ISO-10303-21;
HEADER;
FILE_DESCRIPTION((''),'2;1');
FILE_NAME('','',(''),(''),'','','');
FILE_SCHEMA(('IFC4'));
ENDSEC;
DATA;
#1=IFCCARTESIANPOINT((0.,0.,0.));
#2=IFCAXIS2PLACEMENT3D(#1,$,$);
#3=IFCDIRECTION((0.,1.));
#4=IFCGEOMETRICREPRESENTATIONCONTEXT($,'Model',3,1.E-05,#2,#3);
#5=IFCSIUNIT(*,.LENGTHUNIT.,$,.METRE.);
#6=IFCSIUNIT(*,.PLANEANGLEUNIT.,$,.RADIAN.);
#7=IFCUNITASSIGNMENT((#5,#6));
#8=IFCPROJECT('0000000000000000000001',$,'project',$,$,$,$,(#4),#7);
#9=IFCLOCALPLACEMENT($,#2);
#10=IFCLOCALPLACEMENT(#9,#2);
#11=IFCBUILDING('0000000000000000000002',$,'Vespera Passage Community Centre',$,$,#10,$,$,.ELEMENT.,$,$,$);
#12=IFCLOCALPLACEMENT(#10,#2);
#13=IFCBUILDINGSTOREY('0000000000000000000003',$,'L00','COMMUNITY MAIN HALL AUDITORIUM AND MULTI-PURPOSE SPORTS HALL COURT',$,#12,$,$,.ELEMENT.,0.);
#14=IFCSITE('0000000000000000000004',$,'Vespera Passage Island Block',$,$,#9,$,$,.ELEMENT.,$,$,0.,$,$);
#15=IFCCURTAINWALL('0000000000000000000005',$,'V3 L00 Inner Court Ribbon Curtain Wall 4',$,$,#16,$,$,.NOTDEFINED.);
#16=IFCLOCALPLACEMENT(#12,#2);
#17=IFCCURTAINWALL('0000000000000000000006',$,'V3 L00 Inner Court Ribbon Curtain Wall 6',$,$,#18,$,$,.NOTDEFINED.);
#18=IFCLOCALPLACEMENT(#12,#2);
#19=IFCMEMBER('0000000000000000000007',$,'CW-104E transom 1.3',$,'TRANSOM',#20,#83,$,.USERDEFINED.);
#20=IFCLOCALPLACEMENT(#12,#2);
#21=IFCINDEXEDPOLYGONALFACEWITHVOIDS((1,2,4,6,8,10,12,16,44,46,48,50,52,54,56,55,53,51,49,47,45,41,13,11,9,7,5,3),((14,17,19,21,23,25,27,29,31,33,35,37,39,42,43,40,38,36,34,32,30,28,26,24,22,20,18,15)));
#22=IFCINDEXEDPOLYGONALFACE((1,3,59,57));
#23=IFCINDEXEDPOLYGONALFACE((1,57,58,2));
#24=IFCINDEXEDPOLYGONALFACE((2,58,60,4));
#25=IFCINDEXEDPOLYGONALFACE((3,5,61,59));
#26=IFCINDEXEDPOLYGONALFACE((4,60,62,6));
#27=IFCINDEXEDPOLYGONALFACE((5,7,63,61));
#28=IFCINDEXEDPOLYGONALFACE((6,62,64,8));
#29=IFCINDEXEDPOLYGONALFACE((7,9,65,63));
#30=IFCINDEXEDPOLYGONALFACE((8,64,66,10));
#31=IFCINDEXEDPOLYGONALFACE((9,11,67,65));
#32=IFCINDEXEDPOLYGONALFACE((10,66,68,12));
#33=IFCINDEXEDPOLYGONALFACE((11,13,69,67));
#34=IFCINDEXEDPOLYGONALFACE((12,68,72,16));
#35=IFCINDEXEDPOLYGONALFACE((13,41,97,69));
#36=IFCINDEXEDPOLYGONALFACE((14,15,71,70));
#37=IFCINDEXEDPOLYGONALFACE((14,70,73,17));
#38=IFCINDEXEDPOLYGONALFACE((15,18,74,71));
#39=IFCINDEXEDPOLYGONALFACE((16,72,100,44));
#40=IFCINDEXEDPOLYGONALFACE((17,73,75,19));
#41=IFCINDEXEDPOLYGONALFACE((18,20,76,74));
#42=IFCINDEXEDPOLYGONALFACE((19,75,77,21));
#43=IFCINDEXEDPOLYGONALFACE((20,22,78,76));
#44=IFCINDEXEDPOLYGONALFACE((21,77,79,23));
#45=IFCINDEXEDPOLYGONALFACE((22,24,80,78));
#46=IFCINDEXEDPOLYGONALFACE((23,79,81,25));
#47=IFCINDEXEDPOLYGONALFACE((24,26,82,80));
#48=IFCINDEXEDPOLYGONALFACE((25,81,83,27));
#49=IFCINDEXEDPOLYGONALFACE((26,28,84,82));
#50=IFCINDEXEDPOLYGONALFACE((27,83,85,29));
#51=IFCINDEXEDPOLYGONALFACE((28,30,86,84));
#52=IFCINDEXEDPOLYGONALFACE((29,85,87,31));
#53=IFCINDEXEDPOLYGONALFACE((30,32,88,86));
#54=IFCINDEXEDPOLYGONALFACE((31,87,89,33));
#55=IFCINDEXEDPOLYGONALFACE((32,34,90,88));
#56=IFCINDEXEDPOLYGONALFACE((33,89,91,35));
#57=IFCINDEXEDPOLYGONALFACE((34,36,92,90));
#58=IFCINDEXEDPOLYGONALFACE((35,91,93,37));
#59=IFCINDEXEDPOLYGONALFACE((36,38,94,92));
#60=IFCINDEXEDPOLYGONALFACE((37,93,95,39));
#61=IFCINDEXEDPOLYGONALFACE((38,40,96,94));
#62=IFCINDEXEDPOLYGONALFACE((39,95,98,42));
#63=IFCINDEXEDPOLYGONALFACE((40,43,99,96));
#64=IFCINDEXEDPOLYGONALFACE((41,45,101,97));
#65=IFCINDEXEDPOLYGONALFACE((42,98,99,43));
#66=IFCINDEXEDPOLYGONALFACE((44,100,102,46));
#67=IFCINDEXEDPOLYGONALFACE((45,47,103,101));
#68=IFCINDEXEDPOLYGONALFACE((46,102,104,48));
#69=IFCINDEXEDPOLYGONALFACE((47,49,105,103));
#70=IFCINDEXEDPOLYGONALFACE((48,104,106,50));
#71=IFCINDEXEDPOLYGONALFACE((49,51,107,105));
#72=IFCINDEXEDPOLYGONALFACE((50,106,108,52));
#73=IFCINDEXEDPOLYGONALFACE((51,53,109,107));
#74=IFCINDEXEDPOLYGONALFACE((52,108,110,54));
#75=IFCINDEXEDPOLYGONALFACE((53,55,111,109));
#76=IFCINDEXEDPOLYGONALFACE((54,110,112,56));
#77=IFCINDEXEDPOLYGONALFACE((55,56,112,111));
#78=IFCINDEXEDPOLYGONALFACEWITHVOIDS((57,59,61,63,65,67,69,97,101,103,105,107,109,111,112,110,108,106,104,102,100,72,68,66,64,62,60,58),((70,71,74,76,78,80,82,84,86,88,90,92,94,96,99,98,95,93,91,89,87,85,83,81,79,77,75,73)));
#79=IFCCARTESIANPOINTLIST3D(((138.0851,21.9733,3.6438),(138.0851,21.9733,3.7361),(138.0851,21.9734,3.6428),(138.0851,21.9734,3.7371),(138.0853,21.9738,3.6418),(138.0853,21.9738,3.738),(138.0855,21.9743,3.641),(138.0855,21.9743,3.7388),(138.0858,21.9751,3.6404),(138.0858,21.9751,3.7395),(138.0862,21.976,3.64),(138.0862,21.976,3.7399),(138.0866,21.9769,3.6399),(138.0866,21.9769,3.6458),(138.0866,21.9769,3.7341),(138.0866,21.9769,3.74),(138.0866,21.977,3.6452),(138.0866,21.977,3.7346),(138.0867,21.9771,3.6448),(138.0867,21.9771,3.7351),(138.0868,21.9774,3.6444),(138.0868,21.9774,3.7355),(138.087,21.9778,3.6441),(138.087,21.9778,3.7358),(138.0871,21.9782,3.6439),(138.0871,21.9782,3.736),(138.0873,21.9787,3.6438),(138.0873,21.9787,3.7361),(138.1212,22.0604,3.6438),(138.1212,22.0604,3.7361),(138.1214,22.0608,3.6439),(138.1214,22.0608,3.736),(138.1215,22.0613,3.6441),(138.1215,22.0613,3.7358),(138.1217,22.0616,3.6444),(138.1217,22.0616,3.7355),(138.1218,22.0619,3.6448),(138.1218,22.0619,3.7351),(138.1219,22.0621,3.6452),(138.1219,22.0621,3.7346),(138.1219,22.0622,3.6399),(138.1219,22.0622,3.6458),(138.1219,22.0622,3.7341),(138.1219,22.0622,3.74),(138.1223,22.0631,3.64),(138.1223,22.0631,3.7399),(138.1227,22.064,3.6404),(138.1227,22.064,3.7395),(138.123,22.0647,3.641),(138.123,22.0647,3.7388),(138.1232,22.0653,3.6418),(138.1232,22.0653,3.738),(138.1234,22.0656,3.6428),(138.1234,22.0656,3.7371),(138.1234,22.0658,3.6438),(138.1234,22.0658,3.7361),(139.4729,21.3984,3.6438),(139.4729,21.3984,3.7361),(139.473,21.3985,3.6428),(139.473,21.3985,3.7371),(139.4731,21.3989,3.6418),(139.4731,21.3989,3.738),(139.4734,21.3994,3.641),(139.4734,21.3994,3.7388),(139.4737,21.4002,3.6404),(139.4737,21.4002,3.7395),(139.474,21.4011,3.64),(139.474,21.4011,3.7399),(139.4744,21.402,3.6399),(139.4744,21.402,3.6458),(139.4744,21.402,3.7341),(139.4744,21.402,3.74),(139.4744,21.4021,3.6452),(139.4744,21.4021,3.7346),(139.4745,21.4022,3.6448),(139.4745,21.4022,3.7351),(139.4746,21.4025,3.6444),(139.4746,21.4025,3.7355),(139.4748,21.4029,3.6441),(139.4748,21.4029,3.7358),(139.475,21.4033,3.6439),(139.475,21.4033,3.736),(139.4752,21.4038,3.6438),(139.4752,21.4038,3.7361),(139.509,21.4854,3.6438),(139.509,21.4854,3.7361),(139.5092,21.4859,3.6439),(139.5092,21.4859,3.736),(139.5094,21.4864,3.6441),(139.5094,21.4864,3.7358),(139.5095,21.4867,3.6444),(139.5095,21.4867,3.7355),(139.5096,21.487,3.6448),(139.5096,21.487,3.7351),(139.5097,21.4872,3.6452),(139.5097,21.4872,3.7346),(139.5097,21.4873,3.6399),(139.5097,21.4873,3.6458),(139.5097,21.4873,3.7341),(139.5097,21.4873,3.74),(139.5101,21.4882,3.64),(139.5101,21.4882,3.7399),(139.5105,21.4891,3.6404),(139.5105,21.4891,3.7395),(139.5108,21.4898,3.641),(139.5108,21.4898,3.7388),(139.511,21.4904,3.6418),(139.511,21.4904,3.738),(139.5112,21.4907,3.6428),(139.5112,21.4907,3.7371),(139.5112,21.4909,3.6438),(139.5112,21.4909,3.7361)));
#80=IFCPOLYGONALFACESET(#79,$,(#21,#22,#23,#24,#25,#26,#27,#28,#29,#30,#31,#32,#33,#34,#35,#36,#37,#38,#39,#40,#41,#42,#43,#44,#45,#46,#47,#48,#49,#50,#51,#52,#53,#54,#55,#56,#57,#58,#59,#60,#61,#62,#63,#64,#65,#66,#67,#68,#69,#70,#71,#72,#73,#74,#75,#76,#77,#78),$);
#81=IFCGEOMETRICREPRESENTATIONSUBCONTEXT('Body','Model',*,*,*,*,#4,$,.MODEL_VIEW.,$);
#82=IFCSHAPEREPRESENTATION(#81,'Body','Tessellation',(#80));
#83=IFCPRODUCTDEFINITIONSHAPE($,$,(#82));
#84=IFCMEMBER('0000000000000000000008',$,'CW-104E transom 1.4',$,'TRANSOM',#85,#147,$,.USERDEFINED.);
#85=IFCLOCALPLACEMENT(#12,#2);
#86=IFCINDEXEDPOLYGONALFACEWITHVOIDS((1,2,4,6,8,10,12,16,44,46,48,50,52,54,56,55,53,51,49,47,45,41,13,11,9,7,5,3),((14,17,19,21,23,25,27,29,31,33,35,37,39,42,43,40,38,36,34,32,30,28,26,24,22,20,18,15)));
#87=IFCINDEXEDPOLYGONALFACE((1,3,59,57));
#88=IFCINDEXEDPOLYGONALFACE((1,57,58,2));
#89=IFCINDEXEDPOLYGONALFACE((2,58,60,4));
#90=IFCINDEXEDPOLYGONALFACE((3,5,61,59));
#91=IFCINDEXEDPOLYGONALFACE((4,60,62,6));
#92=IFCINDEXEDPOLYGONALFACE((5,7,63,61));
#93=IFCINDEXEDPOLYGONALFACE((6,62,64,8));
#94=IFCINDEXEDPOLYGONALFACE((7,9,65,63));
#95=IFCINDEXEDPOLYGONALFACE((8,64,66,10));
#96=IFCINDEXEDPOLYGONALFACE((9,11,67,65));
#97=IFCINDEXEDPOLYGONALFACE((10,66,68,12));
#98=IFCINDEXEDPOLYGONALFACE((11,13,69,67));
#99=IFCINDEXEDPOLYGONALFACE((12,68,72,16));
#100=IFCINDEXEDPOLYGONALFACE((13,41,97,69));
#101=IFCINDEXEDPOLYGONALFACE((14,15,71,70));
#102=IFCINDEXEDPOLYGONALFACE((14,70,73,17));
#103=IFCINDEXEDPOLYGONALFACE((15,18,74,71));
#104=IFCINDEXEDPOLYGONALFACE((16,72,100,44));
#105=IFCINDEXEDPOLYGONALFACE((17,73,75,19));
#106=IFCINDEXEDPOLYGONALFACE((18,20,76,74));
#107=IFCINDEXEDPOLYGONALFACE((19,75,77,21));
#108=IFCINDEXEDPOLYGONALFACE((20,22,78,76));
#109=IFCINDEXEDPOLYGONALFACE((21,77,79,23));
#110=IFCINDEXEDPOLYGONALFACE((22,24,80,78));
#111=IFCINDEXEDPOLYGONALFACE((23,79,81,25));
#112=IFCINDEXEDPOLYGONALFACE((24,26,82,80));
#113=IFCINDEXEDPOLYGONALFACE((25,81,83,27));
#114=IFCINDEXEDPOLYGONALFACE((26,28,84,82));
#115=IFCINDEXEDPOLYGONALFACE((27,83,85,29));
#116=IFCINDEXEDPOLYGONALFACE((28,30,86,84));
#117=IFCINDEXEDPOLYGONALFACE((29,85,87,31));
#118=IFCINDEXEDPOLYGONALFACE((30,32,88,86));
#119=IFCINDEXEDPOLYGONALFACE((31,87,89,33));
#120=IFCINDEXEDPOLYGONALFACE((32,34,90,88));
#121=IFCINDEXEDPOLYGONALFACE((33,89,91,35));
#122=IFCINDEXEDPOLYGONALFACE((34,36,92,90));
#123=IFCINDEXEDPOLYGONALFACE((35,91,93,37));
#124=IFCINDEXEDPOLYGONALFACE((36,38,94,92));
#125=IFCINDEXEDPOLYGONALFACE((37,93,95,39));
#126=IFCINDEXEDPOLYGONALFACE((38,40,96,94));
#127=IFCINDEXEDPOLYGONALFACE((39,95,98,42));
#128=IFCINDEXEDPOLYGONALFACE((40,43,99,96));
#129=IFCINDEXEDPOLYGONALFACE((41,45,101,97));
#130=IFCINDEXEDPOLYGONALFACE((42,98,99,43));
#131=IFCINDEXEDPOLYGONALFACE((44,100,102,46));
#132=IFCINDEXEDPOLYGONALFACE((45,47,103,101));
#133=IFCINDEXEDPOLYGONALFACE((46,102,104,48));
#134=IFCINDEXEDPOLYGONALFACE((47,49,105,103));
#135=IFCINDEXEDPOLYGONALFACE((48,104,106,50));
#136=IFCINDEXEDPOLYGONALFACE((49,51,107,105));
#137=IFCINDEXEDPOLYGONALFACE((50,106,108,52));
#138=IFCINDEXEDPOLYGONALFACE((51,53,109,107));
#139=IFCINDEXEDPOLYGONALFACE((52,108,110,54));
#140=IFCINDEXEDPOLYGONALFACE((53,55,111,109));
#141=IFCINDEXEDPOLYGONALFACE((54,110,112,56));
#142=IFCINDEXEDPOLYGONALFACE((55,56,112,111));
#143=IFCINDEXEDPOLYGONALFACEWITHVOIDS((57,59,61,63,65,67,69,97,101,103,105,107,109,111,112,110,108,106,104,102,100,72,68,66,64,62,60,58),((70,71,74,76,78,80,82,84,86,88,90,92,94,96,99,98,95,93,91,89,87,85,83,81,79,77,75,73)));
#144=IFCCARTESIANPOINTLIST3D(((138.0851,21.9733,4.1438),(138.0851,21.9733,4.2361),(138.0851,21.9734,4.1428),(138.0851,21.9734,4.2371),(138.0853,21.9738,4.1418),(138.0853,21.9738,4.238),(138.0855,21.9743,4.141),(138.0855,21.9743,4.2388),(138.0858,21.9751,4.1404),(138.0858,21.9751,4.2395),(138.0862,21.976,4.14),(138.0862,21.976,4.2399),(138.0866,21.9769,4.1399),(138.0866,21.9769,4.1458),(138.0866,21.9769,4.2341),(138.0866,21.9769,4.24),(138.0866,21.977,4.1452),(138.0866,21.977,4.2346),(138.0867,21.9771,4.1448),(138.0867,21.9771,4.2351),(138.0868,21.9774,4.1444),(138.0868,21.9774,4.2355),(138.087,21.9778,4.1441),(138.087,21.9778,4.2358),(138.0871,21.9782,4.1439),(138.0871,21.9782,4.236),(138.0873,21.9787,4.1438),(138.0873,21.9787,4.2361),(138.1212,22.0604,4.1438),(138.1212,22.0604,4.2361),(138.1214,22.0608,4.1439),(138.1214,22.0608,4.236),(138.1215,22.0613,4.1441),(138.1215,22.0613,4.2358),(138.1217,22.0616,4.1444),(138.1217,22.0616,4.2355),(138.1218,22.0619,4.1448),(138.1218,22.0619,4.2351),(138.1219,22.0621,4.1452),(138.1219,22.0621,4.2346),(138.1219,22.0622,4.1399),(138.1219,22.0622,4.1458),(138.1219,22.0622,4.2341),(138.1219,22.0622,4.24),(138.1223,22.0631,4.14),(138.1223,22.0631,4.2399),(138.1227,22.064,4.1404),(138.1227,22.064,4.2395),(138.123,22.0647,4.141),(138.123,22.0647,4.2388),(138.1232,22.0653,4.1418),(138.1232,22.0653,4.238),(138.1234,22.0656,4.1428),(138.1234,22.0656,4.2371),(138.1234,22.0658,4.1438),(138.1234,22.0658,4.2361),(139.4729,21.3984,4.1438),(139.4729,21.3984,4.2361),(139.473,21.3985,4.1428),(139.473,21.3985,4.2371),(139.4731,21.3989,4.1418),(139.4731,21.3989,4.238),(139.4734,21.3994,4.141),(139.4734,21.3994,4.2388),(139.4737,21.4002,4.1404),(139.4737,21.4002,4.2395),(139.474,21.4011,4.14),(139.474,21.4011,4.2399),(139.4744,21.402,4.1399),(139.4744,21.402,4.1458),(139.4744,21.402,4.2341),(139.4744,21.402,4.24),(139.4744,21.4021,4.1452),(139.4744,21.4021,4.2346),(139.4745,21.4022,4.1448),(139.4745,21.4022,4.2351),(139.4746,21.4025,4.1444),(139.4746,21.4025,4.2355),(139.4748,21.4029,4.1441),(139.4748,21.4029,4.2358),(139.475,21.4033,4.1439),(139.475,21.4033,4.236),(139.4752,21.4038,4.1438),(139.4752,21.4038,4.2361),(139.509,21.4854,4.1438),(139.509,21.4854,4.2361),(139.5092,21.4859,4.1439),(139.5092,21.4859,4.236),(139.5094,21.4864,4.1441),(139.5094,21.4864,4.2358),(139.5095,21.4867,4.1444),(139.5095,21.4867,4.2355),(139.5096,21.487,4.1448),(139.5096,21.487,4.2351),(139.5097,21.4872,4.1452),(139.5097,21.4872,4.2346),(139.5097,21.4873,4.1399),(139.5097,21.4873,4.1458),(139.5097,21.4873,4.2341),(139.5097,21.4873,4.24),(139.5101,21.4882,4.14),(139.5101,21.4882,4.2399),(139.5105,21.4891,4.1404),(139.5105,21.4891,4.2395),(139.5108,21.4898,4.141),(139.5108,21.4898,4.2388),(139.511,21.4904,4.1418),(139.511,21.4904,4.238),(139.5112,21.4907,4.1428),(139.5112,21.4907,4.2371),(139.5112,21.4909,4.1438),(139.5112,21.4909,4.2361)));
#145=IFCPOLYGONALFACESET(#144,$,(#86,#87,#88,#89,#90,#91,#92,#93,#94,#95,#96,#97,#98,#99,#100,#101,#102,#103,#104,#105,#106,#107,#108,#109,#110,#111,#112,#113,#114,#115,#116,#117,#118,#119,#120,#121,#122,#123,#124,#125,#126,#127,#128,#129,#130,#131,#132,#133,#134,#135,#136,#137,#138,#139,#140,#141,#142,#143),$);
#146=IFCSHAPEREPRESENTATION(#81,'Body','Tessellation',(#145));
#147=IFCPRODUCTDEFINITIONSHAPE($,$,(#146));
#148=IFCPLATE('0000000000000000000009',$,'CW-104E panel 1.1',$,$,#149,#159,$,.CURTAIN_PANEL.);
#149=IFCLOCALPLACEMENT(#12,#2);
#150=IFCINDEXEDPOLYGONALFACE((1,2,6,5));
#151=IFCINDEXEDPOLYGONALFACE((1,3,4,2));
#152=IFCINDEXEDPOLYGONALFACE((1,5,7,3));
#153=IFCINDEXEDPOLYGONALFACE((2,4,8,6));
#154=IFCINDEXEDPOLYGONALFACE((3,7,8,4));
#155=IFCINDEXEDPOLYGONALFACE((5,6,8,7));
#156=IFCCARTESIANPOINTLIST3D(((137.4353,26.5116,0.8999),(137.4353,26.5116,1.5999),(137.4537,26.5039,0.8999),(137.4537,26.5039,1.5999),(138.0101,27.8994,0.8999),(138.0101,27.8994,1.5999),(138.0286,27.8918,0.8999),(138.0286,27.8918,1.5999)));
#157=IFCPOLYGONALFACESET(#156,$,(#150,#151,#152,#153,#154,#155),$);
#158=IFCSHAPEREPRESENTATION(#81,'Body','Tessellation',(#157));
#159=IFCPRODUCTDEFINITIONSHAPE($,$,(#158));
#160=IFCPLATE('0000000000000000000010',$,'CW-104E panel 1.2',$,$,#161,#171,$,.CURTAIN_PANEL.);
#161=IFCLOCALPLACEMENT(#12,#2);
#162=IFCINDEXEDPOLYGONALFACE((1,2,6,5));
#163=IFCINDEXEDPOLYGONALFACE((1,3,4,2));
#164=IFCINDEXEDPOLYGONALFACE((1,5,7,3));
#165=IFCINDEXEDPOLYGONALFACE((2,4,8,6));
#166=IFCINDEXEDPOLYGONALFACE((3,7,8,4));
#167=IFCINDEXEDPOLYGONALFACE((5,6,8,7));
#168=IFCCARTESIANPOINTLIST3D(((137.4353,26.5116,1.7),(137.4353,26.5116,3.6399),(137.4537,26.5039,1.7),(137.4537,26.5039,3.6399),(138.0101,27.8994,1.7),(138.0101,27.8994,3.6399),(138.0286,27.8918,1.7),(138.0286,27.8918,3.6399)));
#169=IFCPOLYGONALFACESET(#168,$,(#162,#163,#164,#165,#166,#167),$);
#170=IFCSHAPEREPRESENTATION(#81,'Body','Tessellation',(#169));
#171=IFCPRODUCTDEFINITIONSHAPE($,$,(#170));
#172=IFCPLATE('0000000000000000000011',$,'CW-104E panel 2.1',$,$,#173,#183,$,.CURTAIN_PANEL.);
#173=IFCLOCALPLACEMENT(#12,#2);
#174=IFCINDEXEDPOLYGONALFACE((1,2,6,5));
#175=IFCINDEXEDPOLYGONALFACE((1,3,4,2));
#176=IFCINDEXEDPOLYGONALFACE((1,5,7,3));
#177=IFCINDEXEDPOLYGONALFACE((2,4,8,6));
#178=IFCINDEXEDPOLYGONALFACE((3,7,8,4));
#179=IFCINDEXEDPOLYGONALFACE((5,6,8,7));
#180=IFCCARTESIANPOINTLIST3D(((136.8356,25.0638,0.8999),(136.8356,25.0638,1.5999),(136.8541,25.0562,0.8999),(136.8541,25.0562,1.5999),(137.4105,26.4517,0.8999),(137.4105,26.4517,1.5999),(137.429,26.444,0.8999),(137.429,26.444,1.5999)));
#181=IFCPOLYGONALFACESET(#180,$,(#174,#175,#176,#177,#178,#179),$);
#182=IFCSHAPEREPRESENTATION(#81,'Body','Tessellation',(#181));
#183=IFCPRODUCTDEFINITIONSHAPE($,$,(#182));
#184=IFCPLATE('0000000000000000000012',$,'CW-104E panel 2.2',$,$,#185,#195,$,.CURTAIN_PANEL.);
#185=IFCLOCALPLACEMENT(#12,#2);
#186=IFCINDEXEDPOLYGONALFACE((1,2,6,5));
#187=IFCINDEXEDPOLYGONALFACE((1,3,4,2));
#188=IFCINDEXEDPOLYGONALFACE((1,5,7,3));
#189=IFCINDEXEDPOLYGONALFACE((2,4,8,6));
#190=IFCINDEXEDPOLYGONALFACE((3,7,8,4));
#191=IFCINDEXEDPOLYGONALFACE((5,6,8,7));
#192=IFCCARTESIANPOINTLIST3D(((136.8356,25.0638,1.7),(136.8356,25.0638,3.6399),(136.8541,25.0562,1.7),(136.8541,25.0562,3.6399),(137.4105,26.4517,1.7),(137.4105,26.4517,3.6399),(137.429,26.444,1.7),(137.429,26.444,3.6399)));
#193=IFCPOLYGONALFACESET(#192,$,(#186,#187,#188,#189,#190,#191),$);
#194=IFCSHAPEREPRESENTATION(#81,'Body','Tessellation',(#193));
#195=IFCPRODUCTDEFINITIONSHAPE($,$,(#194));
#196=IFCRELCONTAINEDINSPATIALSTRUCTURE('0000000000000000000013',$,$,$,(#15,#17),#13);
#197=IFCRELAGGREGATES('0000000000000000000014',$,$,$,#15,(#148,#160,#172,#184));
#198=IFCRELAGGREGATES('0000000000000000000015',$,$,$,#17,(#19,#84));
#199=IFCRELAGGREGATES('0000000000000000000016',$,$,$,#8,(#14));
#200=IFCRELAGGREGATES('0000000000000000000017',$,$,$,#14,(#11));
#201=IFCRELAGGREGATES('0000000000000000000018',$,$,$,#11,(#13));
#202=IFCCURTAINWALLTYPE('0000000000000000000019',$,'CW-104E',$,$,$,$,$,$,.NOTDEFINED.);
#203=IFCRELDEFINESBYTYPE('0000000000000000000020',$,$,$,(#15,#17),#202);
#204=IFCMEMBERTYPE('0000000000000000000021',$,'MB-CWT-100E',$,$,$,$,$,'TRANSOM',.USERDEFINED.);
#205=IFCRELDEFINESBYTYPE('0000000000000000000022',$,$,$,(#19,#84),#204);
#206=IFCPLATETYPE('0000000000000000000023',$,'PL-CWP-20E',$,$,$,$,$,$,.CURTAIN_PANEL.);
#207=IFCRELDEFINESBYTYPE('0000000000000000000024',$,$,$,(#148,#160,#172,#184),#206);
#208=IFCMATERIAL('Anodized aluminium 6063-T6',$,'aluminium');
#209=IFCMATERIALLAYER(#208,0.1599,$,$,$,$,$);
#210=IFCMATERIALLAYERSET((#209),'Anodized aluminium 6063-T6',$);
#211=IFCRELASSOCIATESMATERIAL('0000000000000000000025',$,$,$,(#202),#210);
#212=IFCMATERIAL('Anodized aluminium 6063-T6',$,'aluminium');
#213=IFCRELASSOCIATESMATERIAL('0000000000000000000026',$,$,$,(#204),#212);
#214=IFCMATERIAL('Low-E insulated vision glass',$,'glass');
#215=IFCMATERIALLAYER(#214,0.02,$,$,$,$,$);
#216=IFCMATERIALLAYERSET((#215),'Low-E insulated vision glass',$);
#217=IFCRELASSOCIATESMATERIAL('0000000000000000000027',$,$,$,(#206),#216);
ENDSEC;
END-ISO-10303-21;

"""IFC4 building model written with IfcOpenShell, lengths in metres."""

from ifc_helpers import new_model, si_unit, direction, frame, origin, origin_2d, place, context, subcontext, project, spatial, rectangle, hollow_rectangle, extrude, material, layer, layer_set, material_profile, profile_set, type_object, element, aggregate, save


model = new_model("IFC4")

# Units and contexts
model_context = context("Model", 3, precision=1e-05, world=origin(), true_north=direction((0.0, 1.0)))
body_context = subcontext(model_context, "Body", "Model", "MODEL_VIEW")
ifc_project = project(units=[si_unit("LENGTHUNIT", "METRE"), si_unit("PLANEANGLEUNIT", "RADIAN")], contexts=[model_context])

# Site, building, storey
site_placement = place(None, origin())
site = spatial("IfcSite", under=ifc_project, at=site_placement, Name="Vespera Passage Island Block", CompositionType="ELEMENT", RefElevation=0.0)
building_placement = place(site_placement, origin())
building = spatial("IfcBuilding", under=site, at=building_placement, Name="Vespera Passage Community Centre", CompositionType="ELEMENT")
storey_placement = place(building_placement, origin())
storey = spatial("IfcBuildingStorey", under=building, at=storey_placement, Name="L00", Description="COMMUNITY MAIN HALL AUDITORIUM AND MULTI-PURPOSE SPORTS HALL COURT", CompositionType="ELEMENT", Elevation=0.0)

# Curtain walls
ifc_material_1 = material(Name="Anodized aluminium 6063-T6", Category="aluminium")
ifc_layer_1 = layer(ifc_material_1, 0.1599)
ifc_layer_set_1 = layer_set([ifc_layer_1], Name="Anodized aluminium 6063-T6")
curtain_wall_type = type_object("IfcCurtainWallType", Name="CW-104E", PredefinedType="NOTDEFINED", material=ifc_layer_set_1)
curtain_wall_1_placement = place(storey_placement, origin())
curtain_wall_1 = element("IfcCurtainWall", 1, at=curtain_wall_1_placement, inside=storey, type_object=curtain_wall_type, Name="V3 L00 Inner Court Ribbon Curtain Wall 4", PredefinedType="NOTDEFINED")
curtain_wall_2_placement = place(storey_placement, origin())
curtain_wall_2 = element("IfcCurtainWall", 2, at=curtain_wall_2_placement, inside=storey, type_object=curtain_wall_type, Name="V3 L00 Inner Court Ribbon Curtain Wall 6", PredefinedType="NOTDEFINED")

# Members
ifc_material_2 = material(Name="Anodized aluminium 6063-T6", Category="aluminium")
ifc_material_profile_1 = material_profile(ifc_material_2, hollow_rectangle(XDim=0.1001, YDim=0.1001, WallThickness=0.0039, InnerFilletRadius=0.002, OuterFilletRadius=0.0039, at=origin_2d()), Name="ALU100X100X4")
ifc_profile_set_1 = profile_set([ifc_material_profile_1], Name="Anodized aluminium 6063-T6")
member_type_1 = type_object("IfcMemberType", Name="MB-CWT-100E", ElementType="TRANSOM", PredefinedType="USERDEFINED", material=ifc_profile_set_1)
member_1_placement = place(storey_placement, frame((138.1042, 22.0195, 3.6899), z_axis=(0.923868, -0.382711, 0.0), x_axis=(0.382711, 0.923868, 0.0)))
member_1 = element("IfcMember", 3, at=member_1_placement, type_object=member_type_1, Name="CW-104E transom 1.3", ObjectType="TRANSOM", PredefinedType="USERDEFINED", context=body_context, shape_type="SweptSolid", body=[
    extrude(hollow_rectangle(XDim=0.1001, YDim=0.1001, WallThickness=0.0039, InnerFilletRadius=0.002, OuterFilletRadius=0.0039, at=origin_2d()), origin(), (0.0, 0.0, 1.0), 1.5022),
])
member_2_placement = place(storey_placement, frame((138.1042, 22.0195, 4.1899), z_axis=(0.923868, -0.382711, 0.0), x_axis=(0.382711, 0.923868, 0.0)))
member_2 = element("IfcMember", 4, at=member_2_placement, type_object=member_type_1, Name="CW-104E transom 1.4", ObjectType="TRANSOM", PredefinedType="USERDEFINED", context=body_context, shape_type="SweptSolid", body=[
    extrude(hollow_rectangle(XDim=0.1001, YDim=0.1001, WallThickness=0.0039, InnerFilletRadius=0.002, OuterFilletRadius=0.0039, at=origin_2d()), origin(), (0.0, 0.0, 1.0), 1.5022),
])

# Plates
ifc_material_3 = material(Name="Low-E insulated vision glass", Category="glass")
ifc_layer_2 = layer(ifc_material_3, 0.02)
ifc_layer_set_2 = layer_set([ifc_layer_2], Name="Low-E insulated vision glass")
plate_type = type_object("IfcPlateType", Name="PL-CWP-20E", PredefinedType="CURTAIN_PANEL", material=ifc_layer_set_2)
plate_1_placement = place(storey_placement, frame((137.7319, 27.2017, 0.8999), z_axis=(0.0, 0.0, 1.0), x_axis=(-0.382686, -0.923879, 0.0)))
plate_1 = element("IfcPlate", 5, at=plate_1_placement, type_object=plate_type, Name="CW-104E panel 1.1", PredefinedType="CURTAIN_PANEL", context=body_context, shape_type="SweptSolid", body=[
    extrude(rectangle(XDim=1.5022, YDim=0.02, at=origin_2d()), origin(), (0.0, 0.0, 1.0), 0.7),
])
plate_2_placement = place(storey_placement, frame((137.7319, 27.2017, 1.7), z_axis=(0.0, 0.0, 1.0), x_axis=(-0.382686, -0.923879, 0.0)))
plate_2 = element("IfcPlate", 6, at=plate_2_placement, type_object=plate_type, Name="CW-104E panel 1.2", PredefinedType="CURTAIN_PANEL", context=body_context, shape_type="SweptSolid", body=[
    extrude(rectangle(XDim=1.5022, YDim=0.02, at=origin_2d()), origin(), (0.0, 0.0, 1.0), 1.9399),
])
plate_3_placement = place(storey_placement, frame((137.1323, 25.7539, 0.8999), z_axis=(0.0, 0.0, 1.0), x_axis=(-0.382686, -0.923879, 0.0)))
plate_3 = element("IfcPlate", 7, at=plate_3_placement, type_object=plate_type, Name="CW-104E panel 2.1", PredefinedType="CURTAIN_PANEL", context=body_context, shape_type="SweptSolid", body=[
    extrude(rectangle(XDim=1.5022, YDim=0.02, at=origin_2d()), origin(), (0.0, 0.0, 1.0), 0.7),
])
plate_4_placement = place(storey_placement, frame((137.1323, 25.7539, 1.7), z_axis=(0.0, 0.0, 1.0), x_axis=(-0.382686, -0.923879, 0.0)))
plate_4 = element("IfcPlate", 8, at=plate_4_placement, type_object=plate_type, Name="CW-104E panel 2.2", PredefinedType="CURTAIN_PANEL", context=body_context, shape_type="SweptSolid", body=[
    extrude(rectangle(XDim=1.5022, YDim=0.02, at=origin_2d()), origin(), (0.0, 0.0, 1.0), 1.9399),
])
aggregate(curtain_wall_1, [plate_1, plate_2, plate_3, plate_4])
aggregate(curtain_wall_2, [member_1, member_2])

save(model, "model.ifc")
